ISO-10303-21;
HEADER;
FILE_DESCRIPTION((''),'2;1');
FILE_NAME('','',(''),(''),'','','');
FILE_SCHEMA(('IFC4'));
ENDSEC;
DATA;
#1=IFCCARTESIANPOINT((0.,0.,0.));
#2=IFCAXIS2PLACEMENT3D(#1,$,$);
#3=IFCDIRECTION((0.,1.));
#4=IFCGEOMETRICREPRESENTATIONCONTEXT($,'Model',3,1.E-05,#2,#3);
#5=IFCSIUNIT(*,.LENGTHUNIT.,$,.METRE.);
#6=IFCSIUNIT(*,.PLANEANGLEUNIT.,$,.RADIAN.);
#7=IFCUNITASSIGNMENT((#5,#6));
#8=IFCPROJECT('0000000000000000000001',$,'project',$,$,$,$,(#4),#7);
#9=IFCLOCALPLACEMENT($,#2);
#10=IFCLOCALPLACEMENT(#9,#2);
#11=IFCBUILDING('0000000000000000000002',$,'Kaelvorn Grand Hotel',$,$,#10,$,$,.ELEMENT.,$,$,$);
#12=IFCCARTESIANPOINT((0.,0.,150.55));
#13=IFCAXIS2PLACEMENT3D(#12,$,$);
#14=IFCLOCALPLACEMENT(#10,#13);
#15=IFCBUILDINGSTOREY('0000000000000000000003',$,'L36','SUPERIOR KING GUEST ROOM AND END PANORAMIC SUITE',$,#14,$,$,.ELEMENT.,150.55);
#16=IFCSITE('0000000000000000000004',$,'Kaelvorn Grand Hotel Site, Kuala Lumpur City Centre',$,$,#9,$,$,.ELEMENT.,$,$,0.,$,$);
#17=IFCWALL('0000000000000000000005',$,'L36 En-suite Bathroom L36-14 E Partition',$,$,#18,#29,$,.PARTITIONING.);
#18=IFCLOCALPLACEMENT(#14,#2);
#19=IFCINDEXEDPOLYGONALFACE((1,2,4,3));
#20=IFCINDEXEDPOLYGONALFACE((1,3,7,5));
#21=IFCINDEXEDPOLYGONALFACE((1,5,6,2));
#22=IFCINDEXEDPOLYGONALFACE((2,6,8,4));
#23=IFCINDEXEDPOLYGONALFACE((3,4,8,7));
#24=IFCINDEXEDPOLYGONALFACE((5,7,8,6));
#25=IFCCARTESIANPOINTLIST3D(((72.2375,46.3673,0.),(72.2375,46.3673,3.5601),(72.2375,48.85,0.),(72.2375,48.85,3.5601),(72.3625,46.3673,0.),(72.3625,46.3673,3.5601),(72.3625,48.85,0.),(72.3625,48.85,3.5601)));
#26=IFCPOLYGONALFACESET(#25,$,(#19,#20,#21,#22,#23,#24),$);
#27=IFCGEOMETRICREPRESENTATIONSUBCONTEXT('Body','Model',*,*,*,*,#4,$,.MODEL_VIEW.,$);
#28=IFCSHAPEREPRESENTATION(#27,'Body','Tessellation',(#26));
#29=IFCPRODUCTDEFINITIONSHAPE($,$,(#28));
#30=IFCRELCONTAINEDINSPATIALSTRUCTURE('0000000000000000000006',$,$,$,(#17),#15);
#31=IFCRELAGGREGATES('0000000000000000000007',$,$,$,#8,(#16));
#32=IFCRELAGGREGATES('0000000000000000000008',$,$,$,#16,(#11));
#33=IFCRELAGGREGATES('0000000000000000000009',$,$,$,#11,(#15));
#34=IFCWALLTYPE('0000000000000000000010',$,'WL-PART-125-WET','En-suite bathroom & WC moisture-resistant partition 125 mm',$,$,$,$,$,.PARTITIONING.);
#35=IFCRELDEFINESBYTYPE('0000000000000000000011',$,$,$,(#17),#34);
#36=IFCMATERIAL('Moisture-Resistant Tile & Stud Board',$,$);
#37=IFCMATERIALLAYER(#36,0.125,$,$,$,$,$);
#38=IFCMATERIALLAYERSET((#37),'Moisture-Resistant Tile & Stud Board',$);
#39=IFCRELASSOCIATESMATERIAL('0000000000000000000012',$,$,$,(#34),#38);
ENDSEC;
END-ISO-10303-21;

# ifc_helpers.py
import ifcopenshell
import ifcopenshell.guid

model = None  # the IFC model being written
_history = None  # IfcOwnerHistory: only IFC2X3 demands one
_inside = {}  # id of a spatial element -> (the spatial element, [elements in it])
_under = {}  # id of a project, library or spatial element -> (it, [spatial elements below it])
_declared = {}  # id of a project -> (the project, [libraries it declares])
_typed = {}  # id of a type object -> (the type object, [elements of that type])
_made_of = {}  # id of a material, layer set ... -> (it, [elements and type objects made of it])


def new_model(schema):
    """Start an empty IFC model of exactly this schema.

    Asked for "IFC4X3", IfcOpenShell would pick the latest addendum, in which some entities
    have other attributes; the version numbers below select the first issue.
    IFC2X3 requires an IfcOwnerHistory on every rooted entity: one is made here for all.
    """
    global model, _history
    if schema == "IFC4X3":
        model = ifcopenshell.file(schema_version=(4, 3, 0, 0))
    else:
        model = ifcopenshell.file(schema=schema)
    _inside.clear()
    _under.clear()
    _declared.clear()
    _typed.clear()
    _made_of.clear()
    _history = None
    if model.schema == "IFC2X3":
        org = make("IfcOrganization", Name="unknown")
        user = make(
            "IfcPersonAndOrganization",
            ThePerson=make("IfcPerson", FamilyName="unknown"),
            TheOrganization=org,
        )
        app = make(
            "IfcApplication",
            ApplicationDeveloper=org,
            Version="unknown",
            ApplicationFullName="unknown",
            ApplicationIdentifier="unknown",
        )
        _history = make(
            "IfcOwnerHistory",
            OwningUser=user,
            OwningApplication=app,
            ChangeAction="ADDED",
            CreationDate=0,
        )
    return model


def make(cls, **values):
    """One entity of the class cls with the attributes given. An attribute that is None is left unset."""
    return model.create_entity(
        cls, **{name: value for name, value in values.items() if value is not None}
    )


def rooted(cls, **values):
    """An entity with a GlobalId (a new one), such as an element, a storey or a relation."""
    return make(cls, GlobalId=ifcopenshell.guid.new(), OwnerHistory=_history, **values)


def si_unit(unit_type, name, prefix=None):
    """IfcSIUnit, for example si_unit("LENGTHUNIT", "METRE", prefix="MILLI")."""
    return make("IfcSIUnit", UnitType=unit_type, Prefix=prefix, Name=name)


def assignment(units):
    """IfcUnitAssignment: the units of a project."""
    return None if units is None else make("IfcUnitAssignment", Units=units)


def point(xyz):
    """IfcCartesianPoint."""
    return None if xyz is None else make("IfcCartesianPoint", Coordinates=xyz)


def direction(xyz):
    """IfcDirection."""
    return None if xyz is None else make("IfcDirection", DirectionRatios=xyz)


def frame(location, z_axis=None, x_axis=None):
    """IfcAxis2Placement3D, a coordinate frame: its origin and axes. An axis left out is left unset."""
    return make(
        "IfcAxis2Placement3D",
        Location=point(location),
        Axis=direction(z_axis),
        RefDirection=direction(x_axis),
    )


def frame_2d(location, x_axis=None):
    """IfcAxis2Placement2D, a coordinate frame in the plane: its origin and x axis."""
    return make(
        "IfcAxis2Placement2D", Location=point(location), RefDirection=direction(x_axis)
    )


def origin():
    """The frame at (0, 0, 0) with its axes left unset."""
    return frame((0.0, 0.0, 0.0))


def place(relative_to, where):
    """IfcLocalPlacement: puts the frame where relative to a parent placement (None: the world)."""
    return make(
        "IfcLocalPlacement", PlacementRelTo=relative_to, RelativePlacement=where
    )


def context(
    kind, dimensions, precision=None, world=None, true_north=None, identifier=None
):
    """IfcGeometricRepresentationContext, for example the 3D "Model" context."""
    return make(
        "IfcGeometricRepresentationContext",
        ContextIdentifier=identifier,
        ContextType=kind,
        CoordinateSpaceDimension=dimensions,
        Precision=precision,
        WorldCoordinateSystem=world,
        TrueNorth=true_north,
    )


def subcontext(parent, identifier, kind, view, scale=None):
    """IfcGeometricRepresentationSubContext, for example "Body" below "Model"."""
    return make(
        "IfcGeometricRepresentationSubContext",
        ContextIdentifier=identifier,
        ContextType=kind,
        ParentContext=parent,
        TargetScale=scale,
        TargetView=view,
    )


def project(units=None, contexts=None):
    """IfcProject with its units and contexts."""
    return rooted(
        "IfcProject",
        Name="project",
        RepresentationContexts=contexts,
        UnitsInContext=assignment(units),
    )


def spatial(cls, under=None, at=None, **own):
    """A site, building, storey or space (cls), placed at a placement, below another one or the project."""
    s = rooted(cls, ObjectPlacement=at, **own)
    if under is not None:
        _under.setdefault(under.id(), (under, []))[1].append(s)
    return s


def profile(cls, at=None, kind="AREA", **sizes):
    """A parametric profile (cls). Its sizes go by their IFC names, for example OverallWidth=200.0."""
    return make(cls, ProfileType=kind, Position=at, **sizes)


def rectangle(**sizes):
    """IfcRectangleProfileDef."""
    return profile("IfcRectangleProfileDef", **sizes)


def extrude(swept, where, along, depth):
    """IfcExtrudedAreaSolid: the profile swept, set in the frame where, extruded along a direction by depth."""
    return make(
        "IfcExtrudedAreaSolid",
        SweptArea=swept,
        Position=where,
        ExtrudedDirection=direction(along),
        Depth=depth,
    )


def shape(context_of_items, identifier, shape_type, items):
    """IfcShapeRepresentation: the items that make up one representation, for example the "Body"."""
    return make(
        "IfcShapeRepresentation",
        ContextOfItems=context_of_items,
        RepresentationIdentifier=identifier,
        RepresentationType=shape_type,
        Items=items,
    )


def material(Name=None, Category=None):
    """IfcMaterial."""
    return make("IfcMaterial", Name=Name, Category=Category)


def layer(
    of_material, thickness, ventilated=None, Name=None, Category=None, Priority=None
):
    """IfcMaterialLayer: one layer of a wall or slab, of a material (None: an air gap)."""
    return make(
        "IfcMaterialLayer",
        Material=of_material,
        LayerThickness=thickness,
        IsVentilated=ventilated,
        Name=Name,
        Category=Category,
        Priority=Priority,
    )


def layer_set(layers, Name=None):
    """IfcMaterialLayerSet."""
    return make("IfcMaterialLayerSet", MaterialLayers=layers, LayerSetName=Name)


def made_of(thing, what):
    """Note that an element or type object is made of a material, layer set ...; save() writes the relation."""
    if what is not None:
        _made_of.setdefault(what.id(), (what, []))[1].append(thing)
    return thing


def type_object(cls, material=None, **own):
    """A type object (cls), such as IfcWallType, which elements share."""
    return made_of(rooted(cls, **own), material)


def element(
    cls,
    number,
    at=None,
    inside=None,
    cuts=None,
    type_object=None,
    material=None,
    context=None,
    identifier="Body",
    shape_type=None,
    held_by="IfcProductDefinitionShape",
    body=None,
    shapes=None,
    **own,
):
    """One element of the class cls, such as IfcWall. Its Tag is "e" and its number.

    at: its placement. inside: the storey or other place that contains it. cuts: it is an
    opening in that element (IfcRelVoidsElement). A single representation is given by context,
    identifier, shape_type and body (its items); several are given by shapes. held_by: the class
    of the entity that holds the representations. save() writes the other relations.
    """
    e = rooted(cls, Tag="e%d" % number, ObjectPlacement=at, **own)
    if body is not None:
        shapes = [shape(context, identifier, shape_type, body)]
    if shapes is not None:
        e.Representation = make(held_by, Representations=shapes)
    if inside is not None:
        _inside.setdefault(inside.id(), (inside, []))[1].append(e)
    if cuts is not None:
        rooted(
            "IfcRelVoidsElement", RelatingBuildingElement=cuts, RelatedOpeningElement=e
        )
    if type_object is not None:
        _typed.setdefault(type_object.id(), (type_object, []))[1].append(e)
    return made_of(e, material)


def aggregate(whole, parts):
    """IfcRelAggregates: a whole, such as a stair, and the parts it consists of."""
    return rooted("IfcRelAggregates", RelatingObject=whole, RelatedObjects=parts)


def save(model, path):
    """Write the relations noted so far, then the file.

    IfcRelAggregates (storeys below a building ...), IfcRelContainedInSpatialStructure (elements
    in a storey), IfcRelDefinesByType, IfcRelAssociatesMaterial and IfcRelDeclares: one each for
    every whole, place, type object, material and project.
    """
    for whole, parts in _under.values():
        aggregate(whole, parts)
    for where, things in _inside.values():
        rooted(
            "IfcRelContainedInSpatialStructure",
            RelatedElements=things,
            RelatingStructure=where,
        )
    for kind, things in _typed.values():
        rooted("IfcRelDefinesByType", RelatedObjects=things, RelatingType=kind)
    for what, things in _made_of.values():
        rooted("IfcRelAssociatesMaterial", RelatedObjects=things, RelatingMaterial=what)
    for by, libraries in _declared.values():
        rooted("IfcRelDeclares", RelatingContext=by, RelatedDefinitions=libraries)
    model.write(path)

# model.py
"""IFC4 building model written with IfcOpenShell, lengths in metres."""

from ifc_helpers import new_model, si_unit, direction, frame, frame_2d, origin, place, context, subcontext, project, spatial, rectangle, extrude, material, layer, layer_set, type_object, element, save


model = new_model("IFC4")

# Units and contexts
model_context = context("Model", 3, precision=1e-05, world=origin(), true_north=direction((0.0, 1.0)))
body_context = subcontext(model_context, "Body", "Model", "MODEL_VIEW")
ifc_project = project(units=[si_unit("LENGTHUNIT", "METRE"), si_unit("PLANEANGLEUNIT", "RADIAN")], contexts=[model_context])

# Site, building, storey
site_placement = place(None, origin())
site = spatial("IfcSite", under=ifc_project, at=site_placement, Name="Kaelvorn Grand Hotel Site, Kuala Lumpur City Centre", CompositionType="ELEMENT", RefElevation=0.0)
building_placement = place(site_placement, origin())
building = spatial("IfcBuilding", under=site, at=building_placement, Name="Kaelvorn Grand Hotel", CompositionType="ELEMENT")
storey_placement = place(building_placement, frame((0.0, 0.0, 150.55)))
storey = spatial("IfcBuildingStorey", under=building, at=storey_placement, Name="L36", Description="SUPERIOR KING GUEST ROOM AND END PANORAMIC SUITE", CompositionType="ELEMENT", Elevation=150.55)

# Shared definitions
ifc_material_1 = material(Name="Moisture-Resistant Tile & Stud Board")
ifc_layer_1 = layer(ifc_material_1, 0.125)
ifc_layer_set_1 = layer_set([ifc_layer_1], Name="Moisture-Resistant Tile & Stud Board")
wall_type_1 = type_object("IfcWallType", Name="WL-PART-125-WET", Description="En-suite bathroom & WC moisture-resistant partition 125 mm", PredefinedType="PARTITIONING", material=ifc_layer_set_1)

# Wall
wall_1_placement = place(storey_placement, frame((72.3, 46.3674, 0.0), z_axis=(0.0, 0.0, 1.0), x_axis=(0.0, 1.0, 0.0)))
element("IfcWall", 1, at=wall_1_placement, inside=storey, type_object=wall_type_1, Name="L36 En-suite Bathroom L36-14 E Partition", PredefinedType="PARTITIONING", context=body_context, shape_type="SweptSolid", body=[
    extrude(rectangle(XDim=2.4827, YDim=0.125, at=frame_2d((1.2412, 0.0))), origin(), (0.0, 0.0, 1.0), 3.5601),
])

save(model, "model.ifc")
